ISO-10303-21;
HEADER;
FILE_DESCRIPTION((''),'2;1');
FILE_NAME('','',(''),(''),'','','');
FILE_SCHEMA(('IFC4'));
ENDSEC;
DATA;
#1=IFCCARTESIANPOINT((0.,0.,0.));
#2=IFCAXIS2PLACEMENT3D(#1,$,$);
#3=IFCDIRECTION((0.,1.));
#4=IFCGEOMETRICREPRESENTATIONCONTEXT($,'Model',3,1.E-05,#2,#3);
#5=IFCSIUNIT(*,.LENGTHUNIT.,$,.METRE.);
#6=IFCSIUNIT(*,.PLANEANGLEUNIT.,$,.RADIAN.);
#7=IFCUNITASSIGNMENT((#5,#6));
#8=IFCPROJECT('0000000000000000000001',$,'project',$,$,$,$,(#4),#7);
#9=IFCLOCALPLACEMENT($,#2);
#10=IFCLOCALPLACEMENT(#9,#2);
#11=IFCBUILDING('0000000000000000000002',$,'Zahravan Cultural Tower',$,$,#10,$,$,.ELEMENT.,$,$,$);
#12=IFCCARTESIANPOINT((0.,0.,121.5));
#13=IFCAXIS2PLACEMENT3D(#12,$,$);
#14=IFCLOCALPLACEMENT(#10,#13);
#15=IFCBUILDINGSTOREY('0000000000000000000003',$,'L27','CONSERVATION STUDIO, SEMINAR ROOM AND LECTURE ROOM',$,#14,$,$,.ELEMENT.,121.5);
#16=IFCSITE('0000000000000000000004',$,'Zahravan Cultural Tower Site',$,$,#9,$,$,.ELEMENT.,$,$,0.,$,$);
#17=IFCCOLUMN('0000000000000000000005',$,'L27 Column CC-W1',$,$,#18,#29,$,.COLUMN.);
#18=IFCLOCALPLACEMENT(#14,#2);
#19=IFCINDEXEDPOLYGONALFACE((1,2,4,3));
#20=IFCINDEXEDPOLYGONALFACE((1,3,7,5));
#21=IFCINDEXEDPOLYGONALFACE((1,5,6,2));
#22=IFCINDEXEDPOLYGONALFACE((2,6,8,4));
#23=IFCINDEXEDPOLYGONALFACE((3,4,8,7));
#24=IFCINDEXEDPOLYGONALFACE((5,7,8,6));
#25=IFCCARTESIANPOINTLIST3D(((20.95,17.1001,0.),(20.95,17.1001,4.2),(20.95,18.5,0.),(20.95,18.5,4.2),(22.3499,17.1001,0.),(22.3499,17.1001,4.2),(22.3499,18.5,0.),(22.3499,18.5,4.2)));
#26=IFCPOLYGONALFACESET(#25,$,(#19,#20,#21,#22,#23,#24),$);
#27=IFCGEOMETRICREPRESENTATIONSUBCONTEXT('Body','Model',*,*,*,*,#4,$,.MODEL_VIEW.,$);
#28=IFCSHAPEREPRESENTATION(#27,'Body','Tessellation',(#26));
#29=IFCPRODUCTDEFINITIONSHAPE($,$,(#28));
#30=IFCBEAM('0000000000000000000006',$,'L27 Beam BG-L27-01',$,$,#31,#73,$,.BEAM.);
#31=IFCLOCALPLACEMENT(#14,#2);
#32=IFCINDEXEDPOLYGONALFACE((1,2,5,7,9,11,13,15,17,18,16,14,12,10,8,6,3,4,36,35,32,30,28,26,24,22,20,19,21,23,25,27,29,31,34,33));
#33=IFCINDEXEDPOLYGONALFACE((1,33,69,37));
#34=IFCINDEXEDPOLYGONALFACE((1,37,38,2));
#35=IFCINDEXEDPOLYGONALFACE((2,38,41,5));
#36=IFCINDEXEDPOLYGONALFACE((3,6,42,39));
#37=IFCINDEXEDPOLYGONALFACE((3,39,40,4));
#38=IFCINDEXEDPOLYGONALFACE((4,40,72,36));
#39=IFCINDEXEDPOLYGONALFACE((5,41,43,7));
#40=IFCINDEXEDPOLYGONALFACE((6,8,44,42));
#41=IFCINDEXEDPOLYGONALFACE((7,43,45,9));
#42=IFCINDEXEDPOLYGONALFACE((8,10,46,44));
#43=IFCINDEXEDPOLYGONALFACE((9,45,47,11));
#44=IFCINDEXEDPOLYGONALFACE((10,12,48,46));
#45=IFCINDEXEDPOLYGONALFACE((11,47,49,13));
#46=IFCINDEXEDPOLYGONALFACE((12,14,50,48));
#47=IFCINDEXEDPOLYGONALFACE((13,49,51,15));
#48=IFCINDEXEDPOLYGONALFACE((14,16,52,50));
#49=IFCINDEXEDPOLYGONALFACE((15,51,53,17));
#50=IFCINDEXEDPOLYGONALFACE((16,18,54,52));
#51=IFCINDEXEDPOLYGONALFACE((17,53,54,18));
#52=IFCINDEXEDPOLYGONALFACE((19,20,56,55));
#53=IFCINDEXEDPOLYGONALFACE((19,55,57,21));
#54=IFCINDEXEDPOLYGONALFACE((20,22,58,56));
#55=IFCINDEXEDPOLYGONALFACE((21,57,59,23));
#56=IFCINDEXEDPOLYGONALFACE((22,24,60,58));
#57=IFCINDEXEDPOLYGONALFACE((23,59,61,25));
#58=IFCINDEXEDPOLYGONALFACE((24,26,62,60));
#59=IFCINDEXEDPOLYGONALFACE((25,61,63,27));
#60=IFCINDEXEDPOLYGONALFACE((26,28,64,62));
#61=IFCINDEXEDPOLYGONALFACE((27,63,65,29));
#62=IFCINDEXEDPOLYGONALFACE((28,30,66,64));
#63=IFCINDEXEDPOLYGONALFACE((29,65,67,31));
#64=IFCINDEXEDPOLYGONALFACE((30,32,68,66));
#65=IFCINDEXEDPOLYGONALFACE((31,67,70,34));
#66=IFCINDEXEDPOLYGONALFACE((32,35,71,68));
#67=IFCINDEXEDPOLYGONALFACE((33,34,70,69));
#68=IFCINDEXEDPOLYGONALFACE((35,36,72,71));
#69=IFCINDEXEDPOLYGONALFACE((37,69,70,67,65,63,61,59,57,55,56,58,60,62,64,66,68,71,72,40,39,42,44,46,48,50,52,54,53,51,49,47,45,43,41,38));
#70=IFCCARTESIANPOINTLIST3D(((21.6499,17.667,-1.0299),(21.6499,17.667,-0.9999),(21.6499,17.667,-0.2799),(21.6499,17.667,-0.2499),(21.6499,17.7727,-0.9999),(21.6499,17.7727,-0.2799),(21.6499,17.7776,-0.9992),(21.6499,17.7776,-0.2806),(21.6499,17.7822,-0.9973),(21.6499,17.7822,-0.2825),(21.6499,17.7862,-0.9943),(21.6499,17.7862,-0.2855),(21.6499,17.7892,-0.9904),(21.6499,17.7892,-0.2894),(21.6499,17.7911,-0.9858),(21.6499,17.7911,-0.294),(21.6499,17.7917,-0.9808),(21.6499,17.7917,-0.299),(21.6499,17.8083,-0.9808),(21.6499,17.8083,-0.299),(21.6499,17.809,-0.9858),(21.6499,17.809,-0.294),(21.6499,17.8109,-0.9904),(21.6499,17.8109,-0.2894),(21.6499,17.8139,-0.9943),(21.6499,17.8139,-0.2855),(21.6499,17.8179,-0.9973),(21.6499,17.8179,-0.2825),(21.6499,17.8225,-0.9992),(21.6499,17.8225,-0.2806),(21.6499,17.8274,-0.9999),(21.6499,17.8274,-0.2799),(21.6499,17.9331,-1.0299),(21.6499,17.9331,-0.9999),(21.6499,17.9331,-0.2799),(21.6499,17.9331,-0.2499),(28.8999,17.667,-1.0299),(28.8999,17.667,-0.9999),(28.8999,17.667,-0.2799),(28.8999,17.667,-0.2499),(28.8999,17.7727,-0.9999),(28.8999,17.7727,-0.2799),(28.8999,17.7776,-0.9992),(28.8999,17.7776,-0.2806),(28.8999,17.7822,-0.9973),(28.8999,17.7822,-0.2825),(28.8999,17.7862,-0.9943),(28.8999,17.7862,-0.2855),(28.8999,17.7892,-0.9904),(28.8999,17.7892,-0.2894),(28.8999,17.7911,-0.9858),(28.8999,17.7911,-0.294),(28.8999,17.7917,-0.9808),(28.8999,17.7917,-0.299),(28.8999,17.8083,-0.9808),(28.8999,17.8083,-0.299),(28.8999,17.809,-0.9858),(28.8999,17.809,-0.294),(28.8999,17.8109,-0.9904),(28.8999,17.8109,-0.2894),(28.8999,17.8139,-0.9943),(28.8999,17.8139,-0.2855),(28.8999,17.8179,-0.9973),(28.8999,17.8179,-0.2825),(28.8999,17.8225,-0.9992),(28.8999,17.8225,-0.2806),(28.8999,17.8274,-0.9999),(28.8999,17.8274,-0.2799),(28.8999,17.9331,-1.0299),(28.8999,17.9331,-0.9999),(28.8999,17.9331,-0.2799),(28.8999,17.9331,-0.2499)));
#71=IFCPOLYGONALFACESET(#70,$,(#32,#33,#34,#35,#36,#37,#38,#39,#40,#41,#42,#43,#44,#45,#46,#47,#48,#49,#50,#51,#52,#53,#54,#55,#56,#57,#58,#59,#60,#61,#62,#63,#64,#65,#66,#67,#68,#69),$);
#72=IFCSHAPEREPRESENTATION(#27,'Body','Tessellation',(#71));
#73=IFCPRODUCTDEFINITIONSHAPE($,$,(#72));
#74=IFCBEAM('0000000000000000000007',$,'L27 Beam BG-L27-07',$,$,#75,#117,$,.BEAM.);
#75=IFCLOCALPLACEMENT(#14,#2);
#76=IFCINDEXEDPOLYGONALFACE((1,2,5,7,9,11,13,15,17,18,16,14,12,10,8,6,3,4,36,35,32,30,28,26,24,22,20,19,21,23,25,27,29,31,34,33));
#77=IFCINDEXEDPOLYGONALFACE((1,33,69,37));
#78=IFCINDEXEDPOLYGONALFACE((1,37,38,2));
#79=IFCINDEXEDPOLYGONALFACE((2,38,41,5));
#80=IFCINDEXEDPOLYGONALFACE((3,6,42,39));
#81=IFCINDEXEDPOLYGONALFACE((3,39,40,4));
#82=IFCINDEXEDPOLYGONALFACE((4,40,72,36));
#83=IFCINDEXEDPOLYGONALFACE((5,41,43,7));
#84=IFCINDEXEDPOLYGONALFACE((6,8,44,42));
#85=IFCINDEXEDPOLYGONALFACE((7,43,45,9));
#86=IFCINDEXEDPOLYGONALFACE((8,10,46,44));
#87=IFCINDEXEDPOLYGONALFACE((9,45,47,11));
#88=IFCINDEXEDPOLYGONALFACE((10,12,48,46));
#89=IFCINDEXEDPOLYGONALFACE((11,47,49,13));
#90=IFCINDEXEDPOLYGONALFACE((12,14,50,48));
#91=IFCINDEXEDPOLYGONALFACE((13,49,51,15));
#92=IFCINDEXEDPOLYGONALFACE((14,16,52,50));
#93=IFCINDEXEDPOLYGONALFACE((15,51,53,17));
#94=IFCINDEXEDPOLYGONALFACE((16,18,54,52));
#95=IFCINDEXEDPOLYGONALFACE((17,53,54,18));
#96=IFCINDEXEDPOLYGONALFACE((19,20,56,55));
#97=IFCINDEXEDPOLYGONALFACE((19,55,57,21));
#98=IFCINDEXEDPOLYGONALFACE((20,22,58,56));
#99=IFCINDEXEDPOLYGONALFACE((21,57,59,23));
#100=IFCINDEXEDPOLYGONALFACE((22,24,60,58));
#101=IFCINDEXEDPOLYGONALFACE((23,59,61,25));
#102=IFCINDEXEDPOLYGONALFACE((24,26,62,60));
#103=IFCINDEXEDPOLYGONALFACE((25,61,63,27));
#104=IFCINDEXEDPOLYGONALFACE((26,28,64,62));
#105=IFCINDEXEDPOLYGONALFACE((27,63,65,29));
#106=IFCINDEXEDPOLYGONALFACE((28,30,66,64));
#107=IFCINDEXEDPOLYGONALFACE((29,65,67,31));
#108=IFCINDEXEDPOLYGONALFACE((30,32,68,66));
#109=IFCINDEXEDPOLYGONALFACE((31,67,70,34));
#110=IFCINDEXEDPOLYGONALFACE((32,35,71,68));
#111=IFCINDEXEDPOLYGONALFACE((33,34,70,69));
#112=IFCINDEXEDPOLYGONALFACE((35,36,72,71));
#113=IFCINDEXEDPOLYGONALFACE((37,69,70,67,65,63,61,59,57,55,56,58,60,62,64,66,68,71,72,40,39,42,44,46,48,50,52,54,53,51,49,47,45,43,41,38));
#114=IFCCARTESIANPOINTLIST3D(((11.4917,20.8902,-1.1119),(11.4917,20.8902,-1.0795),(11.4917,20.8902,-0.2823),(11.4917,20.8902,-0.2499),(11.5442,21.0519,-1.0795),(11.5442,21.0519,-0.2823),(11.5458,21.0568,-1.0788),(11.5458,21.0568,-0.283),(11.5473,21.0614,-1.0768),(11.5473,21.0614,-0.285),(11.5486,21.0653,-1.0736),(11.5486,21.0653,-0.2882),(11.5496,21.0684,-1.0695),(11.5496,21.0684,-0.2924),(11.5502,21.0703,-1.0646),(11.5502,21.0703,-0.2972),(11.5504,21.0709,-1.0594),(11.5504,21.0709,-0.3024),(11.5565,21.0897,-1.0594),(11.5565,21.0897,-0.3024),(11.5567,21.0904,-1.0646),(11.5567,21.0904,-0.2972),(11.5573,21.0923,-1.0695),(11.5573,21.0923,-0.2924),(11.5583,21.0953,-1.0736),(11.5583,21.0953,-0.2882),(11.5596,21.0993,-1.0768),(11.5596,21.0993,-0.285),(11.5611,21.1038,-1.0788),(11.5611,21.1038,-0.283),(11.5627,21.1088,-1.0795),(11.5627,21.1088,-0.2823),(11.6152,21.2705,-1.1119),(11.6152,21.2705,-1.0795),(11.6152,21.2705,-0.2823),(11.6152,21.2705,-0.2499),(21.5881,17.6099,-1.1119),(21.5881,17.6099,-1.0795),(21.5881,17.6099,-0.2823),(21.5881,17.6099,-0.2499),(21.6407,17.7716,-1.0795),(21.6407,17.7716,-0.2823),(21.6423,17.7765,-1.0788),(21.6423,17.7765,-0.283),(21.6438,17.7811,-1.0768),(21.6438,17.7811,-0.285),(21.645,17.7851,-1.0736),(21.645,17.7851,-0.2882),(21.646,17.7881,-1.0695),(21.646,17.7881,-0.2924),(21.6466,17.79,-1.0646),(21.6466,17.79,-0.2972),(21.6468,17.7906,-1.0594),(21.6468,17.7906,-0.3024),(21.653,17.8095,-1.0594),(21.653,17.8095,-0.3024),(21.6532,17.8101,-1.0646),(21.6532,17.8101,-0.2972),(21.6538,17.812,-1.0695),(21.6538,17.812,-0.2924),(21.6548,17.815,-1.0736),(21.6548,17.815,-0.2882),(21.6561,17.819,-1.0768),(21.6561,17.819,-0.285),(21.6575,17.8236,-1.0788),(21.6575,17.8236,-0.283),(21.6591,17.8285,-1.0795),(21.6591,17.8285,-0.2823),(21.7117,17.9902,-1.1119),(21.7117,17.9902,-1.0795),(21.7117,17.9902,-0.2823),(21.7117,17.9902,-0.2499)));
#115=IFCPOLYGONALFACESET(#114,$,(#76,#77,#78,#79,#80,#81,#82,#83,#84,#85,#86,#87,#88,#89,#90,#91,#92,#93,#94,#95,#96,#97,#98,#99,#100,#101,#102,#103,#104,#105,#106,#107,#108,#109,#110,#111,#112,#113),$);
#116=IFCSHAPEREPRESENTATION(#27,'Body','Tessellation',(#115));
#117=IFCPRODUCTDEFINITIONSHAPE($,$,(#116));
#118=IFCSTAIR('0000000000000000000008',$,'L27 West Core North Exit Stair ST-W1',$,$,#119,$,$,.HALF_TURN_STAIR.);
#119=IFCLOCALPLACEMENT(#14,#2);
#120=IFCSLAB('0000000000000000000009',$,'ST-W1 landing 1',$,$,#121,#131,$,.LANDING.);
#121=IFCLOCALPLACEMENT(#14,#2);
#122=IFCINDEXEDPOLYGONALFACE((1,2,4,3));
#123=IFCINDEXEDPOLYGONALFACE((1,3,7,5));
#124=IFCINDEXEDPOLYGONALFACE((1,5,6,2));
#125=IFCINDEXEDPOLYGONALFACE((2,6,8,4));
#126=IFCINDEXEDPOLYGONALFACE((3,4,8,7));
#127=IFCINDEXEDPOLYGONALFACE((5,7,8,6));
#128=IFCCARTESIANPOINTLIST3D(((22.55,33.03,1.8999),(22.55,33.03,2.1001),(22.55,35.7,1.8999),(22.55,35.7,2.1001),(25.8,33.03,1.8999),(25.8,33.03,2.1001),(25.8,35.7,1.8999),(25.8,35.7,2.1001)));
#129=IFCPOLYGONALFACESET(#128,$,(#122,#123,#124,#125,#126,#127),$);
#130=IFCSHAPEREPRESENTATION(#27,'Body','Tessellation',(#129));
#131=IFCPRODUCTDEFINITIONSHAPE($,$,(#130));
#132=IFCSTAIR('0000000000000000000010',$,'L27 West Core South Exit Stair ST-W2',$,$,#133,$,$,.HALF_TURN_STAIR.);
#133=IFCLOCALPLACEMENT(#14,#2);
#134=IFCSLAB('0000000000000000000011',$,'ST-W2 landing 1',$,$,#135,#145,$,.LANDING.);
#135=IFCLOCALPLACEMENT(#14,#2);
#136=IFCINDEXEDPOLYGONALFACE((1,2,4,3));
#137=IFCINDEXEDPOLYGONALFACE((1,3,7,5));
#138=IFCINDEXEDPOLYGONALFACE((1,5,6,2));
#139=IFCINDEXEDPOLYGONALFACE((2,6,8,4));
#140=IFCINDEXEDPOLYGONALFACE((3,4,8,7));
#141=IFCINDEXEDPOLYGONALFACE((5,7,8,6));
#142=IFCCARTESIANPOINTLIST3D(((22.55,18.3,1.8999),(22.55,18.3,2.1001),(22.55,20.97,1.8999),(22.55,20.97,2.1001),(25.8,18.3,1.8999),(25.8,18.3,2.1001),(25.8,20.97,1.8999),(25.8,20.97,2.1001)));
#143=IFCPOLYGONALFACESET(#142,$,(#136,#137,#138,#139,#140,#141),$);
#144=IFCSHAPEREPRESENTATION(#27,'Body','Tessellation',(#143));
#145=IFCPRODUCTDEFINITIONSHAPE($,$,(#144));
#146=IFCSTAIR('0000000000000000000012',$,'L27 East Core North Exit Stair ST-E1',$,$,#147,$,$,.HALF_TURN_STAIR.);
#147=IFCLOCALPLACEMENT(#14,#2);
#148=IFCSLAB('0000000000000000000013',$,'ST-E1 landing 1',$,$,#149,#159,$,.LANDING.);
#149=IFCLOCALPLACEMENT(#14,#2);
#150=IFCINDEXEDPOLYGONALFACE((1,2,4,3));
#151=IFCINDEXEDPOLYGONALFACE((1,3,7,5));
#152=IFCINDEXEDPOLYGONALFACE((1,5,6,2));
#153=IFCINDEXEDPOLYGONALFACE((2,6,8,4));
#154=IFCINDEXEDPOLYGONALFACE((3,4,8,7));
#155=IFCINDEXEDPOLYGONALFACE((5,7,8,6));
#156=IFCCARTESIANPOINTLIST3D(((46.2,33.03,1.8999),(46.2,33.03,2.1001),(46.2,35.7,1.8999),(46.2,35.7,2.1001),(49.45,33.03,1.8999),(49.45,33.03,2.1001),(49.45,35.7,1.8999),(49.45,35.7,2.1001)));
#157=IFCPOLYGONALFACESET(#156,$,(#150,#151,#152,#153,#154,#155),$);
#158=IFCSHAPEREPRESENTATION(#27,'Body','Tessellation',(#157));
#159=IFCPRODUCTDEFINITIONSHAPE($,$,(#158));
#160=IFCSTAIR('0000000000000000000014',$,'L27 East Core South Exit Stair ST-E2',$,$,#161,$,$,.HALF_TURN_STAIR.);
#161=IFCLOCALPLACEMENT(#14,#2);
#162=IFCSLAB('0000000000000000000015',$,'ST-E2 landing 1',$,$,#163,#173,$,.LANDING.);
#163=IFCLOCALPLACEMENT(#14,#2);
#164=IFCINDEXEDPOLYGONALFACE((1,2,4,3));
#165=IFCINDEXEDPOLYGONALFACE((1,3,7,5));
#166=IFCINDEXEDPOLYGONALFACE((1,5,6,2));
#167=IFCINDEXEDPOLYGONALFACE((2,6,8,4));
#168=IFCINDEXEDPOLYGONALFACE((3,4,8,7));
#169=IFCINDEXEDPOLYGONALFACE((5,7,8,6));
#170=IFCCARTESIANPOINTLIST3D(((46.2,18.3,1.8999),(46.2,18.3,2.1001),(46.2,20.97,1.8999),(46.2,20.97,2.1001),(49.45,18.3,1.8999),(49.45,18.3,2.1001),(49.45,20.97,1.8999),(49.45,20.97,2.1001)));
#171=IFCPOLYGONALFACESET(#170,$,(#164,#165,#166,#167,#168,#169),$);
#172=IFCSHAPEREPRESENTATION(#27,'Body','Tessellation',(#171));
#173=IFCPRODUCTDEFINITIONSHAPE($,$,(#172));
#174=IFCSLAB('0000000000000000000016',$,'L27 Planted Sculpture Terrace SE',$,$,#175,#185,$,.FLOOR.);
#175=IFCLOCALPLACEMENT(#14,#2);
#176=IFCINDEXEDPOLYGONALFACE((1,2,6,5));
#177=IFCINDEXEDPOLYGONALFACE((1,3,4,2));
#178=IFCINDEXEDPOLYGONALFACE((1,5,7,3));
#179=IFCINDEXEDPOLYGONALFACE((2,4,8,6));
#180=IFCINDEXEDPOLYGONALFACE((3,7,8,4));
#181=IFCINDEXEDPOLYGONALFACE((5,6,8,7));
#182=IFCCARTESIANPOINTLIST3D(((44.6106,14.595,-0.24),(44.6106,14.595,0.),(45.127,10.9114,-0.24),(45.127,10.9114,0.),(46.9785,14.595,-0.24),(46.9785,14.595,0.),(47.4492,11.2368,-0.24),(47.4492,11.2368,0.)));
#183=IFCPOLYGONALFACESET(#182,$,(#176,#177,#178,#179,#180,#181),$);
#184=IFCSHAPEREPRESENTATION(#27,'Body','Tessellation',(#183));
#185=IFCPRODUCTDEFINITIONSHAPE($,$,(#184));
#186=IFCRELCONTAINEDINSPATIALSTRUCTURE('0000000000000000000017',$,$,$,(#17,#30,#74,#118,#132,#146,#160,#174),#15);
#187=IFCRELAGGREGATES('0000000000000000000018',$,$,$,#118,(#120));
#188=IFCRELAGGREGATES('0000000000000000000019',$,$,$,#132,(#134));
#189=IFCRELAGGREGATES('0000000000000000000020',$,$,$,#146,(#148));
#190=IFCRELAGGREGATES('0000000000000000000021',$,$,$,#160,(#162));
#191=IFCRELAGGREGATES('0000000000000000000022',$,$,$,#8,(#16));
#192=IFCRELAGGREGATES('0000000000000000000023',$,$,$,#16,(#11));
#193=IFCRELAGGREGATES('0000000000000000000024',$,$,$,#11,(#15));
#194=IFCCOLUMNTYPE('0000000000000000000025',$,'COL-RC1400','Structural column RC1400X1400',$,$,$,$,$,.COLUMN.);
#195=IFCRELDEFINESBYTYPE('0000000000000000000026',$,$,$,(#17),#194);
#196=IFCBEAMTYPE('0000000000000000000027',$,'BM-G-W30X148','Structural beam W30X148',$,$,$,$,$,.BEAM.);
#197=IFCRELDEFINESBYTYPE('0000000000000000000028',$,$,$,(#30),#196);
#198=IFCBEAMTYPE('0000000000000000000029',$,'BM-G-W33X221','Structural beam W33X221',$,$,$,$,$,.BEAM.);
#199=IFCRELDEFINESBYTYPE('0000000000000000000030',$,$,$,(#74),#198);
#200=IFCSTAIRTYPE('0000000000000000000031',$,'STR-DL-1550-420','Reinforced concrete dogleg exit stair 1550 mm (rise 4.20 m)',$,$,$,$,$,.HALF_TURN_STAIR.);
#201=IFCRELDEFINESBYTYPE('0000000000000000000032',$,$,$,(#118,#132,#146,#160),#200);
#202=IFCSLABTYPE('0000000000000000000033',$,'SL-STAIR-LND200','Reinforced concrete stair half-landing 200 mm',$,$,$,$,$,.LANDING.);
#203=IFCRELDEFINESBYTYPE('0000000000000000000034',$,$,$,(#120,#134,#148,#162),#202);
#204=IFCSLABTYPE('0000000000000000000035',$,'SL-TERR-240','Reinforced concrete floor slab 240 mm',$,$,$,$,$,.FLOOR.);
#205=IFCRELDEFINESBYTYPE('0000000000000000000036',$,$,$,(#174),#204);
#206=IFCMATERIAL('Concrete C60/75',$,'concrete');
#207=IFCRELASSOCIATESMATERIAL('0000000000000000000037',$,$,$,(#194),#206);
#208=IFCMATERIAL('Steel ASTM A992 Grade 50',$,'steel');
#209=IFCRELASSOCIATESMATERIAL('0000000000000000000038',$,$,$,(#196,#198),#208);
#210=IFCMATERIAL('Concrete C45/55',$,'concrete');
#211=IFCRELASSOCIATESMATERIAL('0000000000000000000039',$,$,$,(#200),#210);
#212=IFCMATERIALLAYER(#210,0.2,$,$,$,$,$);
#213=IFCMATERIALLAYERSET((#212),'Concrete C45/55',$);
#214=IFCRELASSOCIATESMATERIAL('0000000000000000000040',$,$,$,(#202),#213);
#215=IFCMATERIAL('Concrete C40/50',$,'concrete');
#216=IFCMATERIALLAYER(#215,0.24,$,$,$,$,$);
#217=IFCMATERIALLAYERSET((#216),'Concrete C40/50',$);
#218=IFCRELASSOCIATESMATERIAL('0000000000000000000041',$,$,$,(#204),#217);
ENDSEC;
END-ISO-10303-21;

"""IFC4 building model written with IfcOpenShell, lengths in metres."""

from ifc_helpers import new_model, si_unit, direction, frame, origin, origin_2d, place, context, subcontext, project, spatial, polyline, rectangle, i_section, outline, extrude, source, transform, mapped, material, layer, layer_set, material_profile, profile_set, type_object, element, aggregate, save


model = new_model("IFC4")

# Units and contexts
model_context = context("Model", 3, precision=1e-05, world=origin(), true_north=direction((0.0, 1.0)))
body_context = subcontext(model_context, "Body", "Model", "MODEL_VIEW")
ifc_project = project(units=[si_unit("LENGTHUNIT", "METRE"), si_unit("PLANEANGLEUNIT", "RADIAN")], contexts=[model_context])

# Site, building, storey
site_placement = place(None, origin())
site = spatial("IfcSite", under=ifc_project, at=site_placement, Name="Zahravan Cultural Tower Site", CompositionType="ELEMENT", RefElevation=0.0)
building_placement = place(site_placement, origin())
building = spatial("IfcBuilding", under=site, at=building_placement, Name="Zahravan Cultural Tower", CompositionType="ELEMENT")
storey_placement = place(building_placement, frame((0.0, 0.0, 121.5)))
storey = spatial("IfcBuildingStorey", under=building, at=storey_placement, Name="L27", Description="CONSERVATION STUDIO, SEMINAR ROOM AND LECTURE ROOM", CompositionType="ELEMENT", Elevation=121.5)

# Column
ifc_material_1 = material(Name="Concrete C60/75", Category="concrete")
ifc_material_profile_1 = material_profile(ifc_material_1, rectangle(XDim=1.3999, YDim=1.3999, at=origin_2d()), Name="RC1400X1400")
ifc_profile_set_1 = profile_set([ifc_material_profile_1], Name="Concrete C60/75")
column_type = type_object("IfcColumnType", Name="COL-RC1400", Description="Structural column RC1400X1400", PredefinedType="COLUMN", material=ifc_profile_set_1)
shared_shape_1 = source(origin(), body_context, "Body", "SweptSolid", [
    extrude(rectangle(XDim=1.3999, YDim=1.3999, at=origin_2d()), origin(), (0.0, 0.0, 1.0), 4.2),
])
column_placement = place(storey_placement, frame((21.6499, 17.8, 0.0), z_axis=(0.0, 0.0, 1.0), x_axis=(1.0, 0.0, 0.0)))
element("IfcColumn", 1, at=column_placement, inside=storey, type_object=column_type, Name="L27 Column CC-W1", PredefinedType="COLUMN", context=body_context, shape_type="MappedRepresentation", body=[
    mapped(shared_shape_1, transform((0.0, 0.0, 0.0), x_axis=(1.0, 0.0, 0.0), y_axis=(0.0, 1.0, 0.0), z_axis=(0.0, 0.0, 1.0), scale=1.0)),
])

# Beams
ifc_material_2 = material(Name="Steel ASTM A992 Grade 50", Category="steel")
ifc_material_profile_2 = material_profile(ifc_material_2, i_section(OverallWidth=0.2661, OverallDepth=0.78, WebThickness=0.0166, FlangeThickness=0.03, FilletRadius=0.019, at=origin_2d()), Name="W30X148")
ifc_profile_set_2 = profile_set([ifc_material_profile_2], Name="Steel ASTM A992 Grade 50")
beam_type_1 = type_object("IfcBeamType", Name="BM-G-W30X148", Description="Structural beam W30X148", PredefinedType="BEAM", material=ifc_profile_set_2)
shared_shape_2 = source(origin(), body_context, "Body", "SweptSolid", [
    extrude(i_section(OverallWidth=0.2661, OverallDepth=0.78, WebThickness=0.0166, FlangeThickness=0.03, FilletRadius=0.019, at=origin_2d()), origin(), (0.0, 0.0, 1.0), 7.25),
])
beam_1_placement = place(storey_placement, frame((21.6499, 17.8, -0.6399), z_axis=(1.0, 0.0, 0.0), x_axis=(0.0, 1.0, 0.0)))
element("IfcBeam", 2, at=beam_1_placement, inside=storey, type_object=beam_type_1, Name="L27 Beam BG-L27-01", PredefinedType="BEAM", context=body_context, shape_type="MappedRepresentation", body=[
    mapped(shared_shape_2, transform((0.0, 0.0, 0.0), x_axis=(1.0, 0.0, 0.0), y_axis=(0.0, 1.0, 0.0), z_axis=(0.0, 0.0, 1.0), scale=1.0)),
])
ifc_material_profile_3 = material_profile(ifc_material_2, i_section(OverallWidth=0.3999, OverallDepth=0.8621, WebThickness=0.0198, FlangeThickness=0.0325, FilletRadius=0.02, at=origin_2d()), Name="W33X221")
ifc_profile_set_3 = profile_set([ifc_material_profile_3], Name="Steel ASTM A992 Grade 50")
beam_type_2 = type_object("IfcBeamType", Name="BM-G-W33X221", Description="Structural beam W33X221", PredefinedType="BEAM", material=ifc_profile_set_3)
shared_shape_3 = source(origin(), body_context, "Body", "SweptSolid", [
    extrude(i_section(OverallWidth=0.3999, OverallDepth=0.8621, WebThickness=0.0198, FlangeThickness=0.0325, FilletRadius=0.02, at=origin_2d()), origin(), (0.0, 0.0, 1.0), 10.616),
])
beam_2_placement = place(storey_placement, frame((21.6499, 17.8, -0.6809), z_axis=(-0.951064, 0.308995, 0.0), x_axis=(-0.308995, -0.951064, 0.0)))
element("IfcBeam", 3, at=beam_2_placement, inside=storey, type_object=beam_type_2, Name="L27 Beam BG-L27-07", PredefinedType="BEAM", context=body_context, shape_type="MappedRepresentation", body=[
    mapped(shared_shape_3, transform((0.0, 0.0, 0.0), x_axis=(1.0, 0.0, 0.0), y_axis=(0.0, 1.0, 0.0), z_axis=(0.0, 0.0, 1.0), scale=1.0)),
])

# Stairs, slabs
ifc_material_3 = material(Name="Concrete C45/55", Category="concrete")
stair_type = type_object("IfcStairType", Name="STR-DL-1550-420", Description="Reinforced concrete dogleg exit stair 1550 mm (rise 4.20 m)", PredefinedType="HALF_TURN_STAIR", material=ifc_material_3)
stair_1_placement = place(storey_placement, origin())
stair_1 = element("IfcStair", 4, at=stair_1_placement, inside=storey, type_object=stair_type, Name="L27 West Core North Exit Stair ST-W1", PredefinedType="HALF_TURN_STAIR")
ifc_layer_1 = layer(ifc_material_3, 0.2)
ifc_layer_set_1 = layer_set([ifc_layer_1], Name="Concrete C45/55")
slab_type_1 = type_object("IfcSlabType", Name="SL-STAIR-LND200", Description="Reinforced concrete stair half-landing 200 mm", PredefinedType="LANDING", material=ifc_layer_set_1)
slab_1_placement = place(storey_placement, frame((0.0, 0.0, 1.8999)))
slab_1 = element("IfcSlab", 5, at=slab_1_placement, type_object=slab_type_1, Name="ST-W1 landing 1", PredefinedType="LANDING", context=body_context, shape_type="SweptSolid", body=[
    extrude(outline(polyline([(25.8, 33.03), (25.8, 35.7), (22.55, 35.7), (22.55, 33.03), (25.8, 33.03)])), origin(), (0.0, 0.0, 1.0), 0.2002),
])
aggregate(stair_1, [slab_1])
stair_2_placement = place(storey_placement, origin())
stair_2 = element("IfcStair", 6, at=stair_2_placement, inside=storey, type_object=stair_type, Name="L27 West Core South Exit Stair ST-W2", PredefinedType="HALF_TURN_STAIR")
slab_2_placement = place(storey_placement, frame((0.0, 0.0, 1.8999)))
slab_2 = element("IfcSlab", 7, at=slab_2_placement, type_object=slab_type_1, Name="ST-W2 landing 1", PredefinedType="LANDING", context=body_context, shape_type="SweptSolid", body=[
    extrude(outline(polyline([(22.55, 20.97), (22.55, 18.3), (25.8, 18.3), (25.8, 20.97), (22.55, 20.97)])), origin(), (0.0, 0.0, 1.0), 0.2002),
])
aggregate(stair_2, [slab_2])
stair_3_placement = place(storey_placement, origin())
stair_3 = element("IfcStair", 8, at=stair_3_placement, inside=storey, type_object=stair_type, Name="L27 East Core North Exit Stair ST-E1", PredefinedType="HALF_TURN_STAIR")
slab_3_placement = place(storey_placement, frame((0.0, 0.0, 1.8999)))
slab_3 = element("IfcSlab", 9, at=slab_3_placement, type_object=slab_type_1, Name="ST-E1 landing 1", PredefinedType="LANDING", context=body_context, shape_type="SweptSolid", body=[
    extrude(outline(polyline([(49.45, 33.03), (49.45, 35.7), (46.2, 35.7), (46.2, 33.03), (49.45, 33.03)])), origin(), (0.0, 0.0, 1.0), 0.2002),
])
aggregate(stair_3, [slab_3])
stair_4_placement = place(storey_placement, origin())
stair_4 = element("IfcStair", 10, at=stair_4_placement, inside=storey, type_object=stair_type, Name="L27 East Core South Exit Stair ST-E2", PredefinedType="HALF_TURN_STAIR")
slab_4_placement = place(storey_placement, frame((0.0, 0.0, 1.8999)))
slab_4 = element("IfcSlab", 11, at=slab_4_placement, type_object=slab_type_1, Name="ST-E2 landing 1", PredefinedType="LANDING", context=body_context, shape_type="SweptSolid", body=[
    extrude(outline(polyline([(46.2, 20.97), (46.2, 18.3), (49.45, 18.3), (49.45, 20.97), (46.2, 20.97)])), origin(), (0.0, 0.0, 1.0), 0.2002),
])
aggregate(stair_4, [slab_4])

# Slab
ifc_material_4 = material(Name="Concrete C40/50", Category="concrete")
ifc_layer_2 = layer(ifc_material_4, 0.24)
ifc_layer_set_2 = layer_set([ifc_layer_2], Name="Concrete C40/50")
slab_type_2 = type_object("IfcSlabType", Name="SL-TERR-240", Description="Reinforced concrete floor slab 240 mm", PredefinedType="FLOOR", material=ifc_layer_set_2)
slab_5_placement = place(storey_placement, frame((0.0, 0.0, -0.24)))
element("IfcSlab", 12, at=slab_5_placement, inside=storey, type_object=slab_type_2, Name="L27 Planted Sculpture Terrace SE", PredefinedType="FLOOR", context=body_context, shape_type="SweptSolid", body=[
    extrude(outline(polyline([(47.4492, 11.2368), (46.9785, 14.595), (44.6106, 14.595), (45.127, 10.9114), (47.4492, 11.2368)])), origin(), (0.0, 0.0, 1.0), 0.24),
])

save(model, "model.ifc")
